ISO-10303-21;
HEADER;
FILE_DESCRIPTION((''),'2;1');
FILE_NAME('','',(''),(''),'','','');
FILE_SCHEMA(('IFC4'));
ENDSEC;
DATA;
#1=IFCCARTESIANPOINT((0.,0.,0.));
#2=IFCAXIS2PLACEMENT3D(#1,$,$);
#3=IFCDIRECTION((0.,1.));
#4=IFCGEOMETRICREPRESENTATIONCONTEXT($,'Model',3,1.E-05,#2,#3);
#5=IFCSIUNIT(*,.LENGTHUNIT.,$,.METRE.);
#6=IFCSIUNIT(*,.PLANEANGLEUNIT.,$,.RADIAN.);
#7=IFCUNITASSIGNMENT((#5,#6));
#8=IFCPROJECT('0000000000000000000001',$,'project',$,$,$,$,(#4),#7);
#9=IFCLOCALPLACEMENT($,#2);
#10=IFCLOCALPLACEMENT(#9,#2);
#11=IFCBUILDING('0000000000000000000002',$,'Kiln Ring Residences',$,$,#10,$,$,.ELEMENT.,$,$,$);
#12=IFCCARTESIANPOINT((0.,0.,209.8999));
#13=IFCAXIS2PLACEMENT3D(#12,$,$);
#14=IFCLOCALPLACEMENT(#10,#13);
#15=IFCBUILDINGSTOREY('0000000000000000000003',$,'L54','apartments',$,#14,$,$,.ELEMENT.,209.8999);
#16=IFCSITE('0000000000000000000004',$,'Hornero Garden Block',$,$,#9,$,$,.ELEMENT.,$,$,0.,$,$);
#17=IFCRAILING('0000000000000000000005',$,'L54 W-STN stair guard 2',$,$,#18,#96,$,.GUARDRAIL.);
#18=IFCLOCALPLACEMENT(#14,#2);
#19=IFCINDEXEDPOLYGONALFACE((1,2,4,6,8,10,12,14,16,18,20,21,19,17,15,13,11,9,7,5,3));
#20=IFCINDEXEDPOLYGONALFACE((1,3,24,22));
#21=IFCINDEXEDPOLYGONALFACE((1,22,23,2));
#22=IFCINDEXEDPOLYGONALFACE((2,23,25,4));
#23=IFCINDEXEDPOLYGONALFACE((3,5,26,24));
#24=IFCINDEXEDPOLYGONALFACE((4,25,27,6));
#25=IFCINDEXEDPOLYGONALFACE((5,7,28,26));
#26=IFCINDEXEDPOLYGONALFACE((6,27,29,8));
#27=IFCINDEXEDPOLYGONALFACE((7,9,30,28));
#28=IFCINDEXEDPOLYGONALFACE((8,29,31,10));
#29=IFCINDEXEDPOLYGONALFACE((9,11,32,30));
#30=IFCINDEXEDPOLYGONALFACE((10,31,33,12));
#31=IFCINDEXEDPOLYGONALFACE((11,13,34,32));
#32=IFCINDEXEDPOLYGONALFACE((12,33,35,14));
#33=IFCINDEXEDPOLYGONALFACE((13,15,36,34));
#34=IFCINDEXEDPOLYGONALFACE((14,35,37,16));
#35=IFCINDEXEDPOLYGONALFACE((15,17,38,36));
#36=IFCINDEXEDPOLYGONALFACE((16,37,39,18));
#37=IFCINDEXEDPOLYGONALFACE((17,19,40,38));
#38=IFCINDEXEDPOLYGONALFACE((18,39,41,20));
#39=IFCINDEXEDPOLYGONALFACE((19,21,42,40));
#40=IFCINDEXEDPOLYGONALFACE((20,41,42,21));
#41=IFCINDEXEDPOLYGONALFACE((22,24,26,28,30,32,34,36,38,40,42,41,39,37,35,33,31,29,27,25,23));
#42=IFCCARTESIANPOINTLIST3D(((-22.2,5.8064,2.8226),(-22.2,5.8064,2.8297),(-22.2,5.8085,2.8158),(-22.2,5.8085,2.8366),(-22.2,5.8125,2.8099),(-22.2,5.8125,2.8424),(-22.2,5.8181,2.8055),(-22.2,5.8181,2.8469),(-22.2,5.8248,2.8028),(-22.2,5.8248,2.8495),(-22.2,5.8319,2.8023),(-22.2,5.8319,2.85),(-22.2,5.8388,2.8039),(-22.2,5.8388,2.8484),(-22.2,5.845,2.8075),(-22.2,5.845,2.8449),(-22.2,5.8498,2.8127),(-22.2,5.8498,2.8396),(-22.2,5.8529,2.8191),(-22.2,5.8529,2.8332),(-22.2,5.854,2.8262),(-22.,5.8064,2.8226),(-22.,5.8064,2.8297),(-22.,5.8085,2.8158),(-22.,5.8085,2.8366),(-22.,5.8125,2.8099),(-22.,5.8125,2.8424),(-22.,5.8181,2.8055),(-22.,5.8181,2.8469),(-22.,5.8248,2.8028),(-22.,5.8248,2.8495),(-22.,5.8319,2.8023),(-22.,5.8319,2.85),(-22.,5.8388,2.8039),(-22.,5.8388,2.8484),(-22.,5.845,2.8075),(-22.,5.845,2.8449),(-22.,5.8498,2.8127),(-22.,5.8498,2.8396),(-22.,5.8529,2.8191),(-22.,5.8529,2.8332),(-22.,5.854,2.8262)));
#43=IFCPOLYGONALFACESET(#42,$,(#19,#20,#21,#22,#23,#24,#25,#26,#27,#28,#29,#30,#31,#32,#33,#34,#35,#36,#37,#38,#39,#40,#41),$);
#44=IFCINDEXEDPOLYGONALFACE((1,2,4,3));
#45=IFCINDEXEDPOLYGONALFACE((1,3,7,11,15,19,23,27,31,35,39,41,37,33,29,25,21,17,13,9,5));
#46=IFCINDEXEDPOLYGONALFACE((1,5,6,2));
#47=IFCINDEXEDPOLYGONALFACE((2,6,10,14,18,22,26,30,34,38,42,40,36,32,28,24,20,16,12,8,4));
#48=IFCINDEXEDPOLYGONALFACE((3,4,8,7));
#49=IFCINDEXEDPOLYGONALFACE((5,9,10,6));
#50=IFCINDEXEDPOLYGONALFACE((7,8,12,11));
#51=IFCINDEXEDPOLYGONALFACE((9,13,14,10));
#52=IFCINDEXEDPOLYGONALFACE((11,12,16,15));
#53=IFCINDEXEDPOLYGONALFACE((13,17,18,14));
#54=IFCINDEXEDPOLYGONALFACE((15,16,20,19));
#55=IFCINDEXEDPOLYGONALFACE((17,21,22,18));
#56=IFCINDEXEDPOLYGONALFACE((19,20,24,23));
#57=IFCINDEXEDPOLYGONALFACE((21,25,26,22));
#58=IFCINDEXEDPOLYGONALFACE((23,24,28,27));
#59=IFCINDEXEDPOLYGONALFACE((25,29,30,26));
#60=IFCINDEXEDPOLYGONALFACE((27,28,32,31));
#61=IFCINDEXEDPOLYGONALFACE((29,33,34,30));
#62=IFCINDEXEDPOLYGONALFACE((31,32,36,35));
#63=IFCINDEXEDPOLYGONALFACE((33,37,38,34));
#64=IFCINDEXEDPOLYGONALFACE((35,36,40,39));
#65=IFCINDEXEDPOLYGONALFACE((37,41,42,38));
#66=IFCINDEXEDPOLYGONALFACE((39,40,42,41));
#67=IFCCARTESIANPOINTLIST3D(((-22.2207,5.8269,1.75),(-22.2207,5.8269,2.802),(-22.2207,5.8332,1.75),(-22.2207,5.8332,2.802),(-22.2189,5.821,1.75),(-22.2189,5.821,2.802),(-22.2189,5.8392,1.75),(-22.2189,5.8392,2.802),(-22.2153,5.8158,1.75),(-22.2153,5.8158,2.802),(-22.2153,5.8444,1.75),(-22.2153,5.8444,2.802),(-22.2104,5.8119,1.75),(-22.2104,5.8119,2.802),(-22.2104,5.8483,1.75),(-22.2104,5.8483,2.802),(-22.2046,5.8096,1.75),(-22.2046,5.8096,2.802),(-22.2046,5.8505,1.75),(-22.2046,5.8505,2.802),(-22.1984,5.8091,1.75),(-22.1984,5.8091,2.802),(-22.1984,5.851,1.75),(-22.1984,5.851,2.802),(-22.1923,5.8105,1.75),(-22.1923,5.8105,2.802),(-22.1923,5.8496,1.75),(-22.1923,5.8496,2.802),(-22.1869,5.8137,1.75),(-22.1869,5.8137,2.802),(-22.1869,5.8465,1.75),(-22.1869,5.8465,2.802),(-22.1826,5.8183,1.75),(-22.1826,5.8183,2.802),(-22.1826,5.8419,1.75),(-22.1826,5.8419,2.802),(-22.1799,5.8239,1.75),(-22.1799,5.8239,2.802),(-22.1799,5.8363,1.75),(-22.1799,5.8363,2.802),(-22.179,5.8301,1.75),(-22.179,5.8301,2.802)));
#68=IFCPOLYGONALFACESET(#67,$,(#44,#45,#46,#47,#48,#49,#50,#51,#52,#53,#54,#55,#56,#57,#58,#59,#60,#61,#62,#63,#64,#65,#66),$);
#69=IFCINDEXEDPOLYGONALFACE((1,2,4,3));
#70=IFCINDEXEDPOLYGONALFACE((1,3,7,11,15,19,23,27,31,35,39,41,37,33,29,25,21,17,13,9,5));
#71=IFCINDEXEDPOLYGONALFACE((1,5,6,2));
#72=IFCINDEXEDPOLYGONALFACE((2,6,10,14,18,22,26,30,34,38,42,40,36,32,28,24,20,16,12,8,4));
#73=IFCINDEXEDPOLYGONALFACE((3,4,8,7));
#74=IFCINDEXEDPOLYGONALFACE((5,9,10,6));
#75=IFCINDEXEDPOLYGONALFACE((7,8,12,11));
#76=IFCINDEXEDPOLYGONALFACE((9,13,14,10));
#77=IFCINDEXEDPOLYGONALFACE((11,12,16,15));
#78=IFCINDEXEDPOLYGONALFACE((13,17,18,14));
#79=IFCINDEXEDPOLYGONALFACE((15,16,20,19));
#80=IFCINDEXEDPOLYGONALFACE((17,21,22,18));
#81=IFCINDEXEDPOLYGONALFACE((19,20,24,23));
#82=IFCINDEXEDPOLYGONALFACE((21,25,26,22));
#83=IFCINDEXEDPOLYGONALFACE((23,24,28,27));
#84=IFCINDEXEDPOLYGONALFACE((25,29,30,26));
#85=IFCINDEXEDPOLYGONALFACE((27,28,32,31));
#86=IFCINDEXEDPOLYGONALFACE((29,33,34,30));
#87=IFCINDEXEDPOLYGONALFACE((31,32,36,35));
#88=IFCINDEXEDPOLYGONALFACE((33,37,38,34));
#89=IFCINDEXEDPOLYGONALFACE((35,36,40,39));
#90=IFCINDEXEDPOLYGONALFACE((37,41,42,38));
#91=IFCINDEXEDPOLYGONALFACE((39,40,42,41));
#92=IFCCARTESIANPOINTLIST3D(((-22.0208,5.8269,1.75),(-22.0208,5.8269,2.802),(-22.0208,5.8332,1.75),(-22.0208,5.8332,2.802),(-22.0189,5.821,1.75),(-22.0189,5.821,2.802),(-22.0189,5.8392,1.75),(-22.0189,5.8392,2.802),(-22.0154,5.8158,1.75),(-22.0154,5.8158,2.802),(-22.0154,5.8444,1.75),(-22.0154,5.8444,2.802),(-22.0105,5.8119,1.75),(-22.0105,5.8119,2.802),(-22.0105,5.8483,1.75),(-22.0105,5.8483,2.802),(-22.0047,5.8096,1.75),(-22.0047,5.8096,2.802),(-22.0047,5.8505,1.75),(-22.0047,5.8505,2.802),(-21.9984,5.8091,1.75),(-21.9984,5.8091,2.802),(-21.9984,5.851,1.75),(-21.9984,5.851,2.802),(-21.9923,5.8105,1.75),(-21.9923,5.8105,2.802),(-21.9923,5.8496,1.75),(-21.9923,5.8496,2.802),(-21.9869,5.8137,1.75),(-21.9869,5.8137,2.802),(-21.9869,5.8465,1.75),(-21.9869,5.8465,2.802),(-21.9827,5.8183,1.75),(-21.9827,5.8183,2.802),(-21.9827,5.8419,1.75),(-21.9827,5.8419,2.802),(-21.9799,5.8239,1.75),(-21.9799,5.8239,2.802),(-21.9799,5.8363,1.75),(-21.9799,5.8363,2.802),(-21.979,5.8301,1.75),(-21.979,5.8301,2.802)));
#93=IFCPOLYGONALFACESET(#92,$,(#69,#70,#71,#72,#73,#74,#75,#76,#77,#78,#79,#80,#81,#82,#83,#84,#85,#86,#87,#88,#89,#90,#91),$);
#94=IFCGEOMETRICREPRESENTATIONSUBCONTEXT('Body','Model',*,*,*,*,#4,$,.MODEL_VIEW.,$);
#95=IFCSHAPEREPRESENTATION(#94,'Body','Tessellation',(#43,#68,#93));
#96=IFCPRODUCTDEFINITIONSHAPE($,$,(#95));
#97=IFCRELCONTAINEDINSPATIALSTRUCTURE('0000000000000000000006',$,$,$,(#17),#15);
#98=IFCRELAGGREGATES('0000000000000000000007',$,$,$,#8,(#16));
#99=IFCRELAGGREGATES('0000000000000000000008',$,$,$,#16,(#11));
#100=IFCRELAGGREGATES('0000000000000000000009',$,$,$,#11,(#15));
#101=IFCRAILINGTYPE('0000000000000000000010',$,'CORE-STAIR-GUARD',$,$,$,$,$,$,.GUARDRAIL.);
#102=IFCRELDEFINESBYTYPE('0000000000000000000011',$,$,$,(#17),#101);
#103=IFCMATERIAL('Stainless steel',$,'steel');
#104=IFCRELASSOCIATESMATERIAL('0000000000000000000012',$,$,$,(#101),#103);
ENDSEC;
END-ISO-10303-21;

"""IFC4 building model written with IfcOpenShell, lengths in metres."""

from ifc_helpers import new_model, si_unit, direction, frame, origin, origin_2d, place, context, subcontext, project, spatial, circle, extrude, material, type_object, element, save


model = new_model("IFC4")

# Units and contexts
model_context = context("Model", 3, precision=1e-05, world=origin(), true_north=direction((0.0, 1.0)))
body_context = subcontext(model_context, "Body", "Model", "MODEL_VIEW")
ifc_project = project(units=[si_unit("LENGTHUNIT", "METRE"), si_unit("PLANEANGLEUNIT", "RADIAN")], contexts=[model_context])

# Site, building, storey
site_placement = place(None, origin())
site = spatial("IfcSite", under=ifc_project, at=site_placement, Name="Hornero Garden Block", CompositionType="ELEMENT", RefElevation=0.0)
building_placement = place(site_placement, origin())
building = spatial("IfcBuilding", under=site, at=building_placement, Name="Kiln Ring Residences", CompositionType="ELEMENT")
storey_placement = place(building_placement, frame((0.0, 0.0, 209.8999)))
storey = spatial("IfcBuildingStorey", under=building, at=storey_placement, Name="L54", Description="apartments", CompositionType="ELEMENT", Elevation=209.8999)

# Railing
ifc_material_1 = material(Name="Stainless steel", Category="steel")
railing_type_1 = type_object("IfcRailingType", Name="CORE-STAIR-GUARD", PredefinedType="GUARDRAIL", material=ifc_material_1)
railing_1_placement = place(storey_placement, frame((-22.2, 5.8301, 1.75)))
element("IfcRailing", 1, at=railing_1_placement, inside=storey, type_object=railing_type_1, Name="L54 W-STN stair guard 2", PredefinedType="GUARDRAIL", context=body_context, shape_type="SweptSolid", body=[
    extrude(circle(Radius=0.0239, at=origin_2d()), frame((0.0, 0.0, 1.0762), z_axis=(1.0, 0.0, 0.0), x_axis=(0.0, 1.0, 0.0)), (0.0, 0.0, 1.0), 0.2),
    extrude(circle(Radius=0.021, at=origin_2d()), origin(), (0.0, 0.0, 1.0), 1.052),
    extrude(circle(Radius=0.021, at=origin_2d()), frame((0.2, 0.0, 0.0)), (0.0, 0.0, 1.0), 1.052),
])

save(model, "model.ifc")
